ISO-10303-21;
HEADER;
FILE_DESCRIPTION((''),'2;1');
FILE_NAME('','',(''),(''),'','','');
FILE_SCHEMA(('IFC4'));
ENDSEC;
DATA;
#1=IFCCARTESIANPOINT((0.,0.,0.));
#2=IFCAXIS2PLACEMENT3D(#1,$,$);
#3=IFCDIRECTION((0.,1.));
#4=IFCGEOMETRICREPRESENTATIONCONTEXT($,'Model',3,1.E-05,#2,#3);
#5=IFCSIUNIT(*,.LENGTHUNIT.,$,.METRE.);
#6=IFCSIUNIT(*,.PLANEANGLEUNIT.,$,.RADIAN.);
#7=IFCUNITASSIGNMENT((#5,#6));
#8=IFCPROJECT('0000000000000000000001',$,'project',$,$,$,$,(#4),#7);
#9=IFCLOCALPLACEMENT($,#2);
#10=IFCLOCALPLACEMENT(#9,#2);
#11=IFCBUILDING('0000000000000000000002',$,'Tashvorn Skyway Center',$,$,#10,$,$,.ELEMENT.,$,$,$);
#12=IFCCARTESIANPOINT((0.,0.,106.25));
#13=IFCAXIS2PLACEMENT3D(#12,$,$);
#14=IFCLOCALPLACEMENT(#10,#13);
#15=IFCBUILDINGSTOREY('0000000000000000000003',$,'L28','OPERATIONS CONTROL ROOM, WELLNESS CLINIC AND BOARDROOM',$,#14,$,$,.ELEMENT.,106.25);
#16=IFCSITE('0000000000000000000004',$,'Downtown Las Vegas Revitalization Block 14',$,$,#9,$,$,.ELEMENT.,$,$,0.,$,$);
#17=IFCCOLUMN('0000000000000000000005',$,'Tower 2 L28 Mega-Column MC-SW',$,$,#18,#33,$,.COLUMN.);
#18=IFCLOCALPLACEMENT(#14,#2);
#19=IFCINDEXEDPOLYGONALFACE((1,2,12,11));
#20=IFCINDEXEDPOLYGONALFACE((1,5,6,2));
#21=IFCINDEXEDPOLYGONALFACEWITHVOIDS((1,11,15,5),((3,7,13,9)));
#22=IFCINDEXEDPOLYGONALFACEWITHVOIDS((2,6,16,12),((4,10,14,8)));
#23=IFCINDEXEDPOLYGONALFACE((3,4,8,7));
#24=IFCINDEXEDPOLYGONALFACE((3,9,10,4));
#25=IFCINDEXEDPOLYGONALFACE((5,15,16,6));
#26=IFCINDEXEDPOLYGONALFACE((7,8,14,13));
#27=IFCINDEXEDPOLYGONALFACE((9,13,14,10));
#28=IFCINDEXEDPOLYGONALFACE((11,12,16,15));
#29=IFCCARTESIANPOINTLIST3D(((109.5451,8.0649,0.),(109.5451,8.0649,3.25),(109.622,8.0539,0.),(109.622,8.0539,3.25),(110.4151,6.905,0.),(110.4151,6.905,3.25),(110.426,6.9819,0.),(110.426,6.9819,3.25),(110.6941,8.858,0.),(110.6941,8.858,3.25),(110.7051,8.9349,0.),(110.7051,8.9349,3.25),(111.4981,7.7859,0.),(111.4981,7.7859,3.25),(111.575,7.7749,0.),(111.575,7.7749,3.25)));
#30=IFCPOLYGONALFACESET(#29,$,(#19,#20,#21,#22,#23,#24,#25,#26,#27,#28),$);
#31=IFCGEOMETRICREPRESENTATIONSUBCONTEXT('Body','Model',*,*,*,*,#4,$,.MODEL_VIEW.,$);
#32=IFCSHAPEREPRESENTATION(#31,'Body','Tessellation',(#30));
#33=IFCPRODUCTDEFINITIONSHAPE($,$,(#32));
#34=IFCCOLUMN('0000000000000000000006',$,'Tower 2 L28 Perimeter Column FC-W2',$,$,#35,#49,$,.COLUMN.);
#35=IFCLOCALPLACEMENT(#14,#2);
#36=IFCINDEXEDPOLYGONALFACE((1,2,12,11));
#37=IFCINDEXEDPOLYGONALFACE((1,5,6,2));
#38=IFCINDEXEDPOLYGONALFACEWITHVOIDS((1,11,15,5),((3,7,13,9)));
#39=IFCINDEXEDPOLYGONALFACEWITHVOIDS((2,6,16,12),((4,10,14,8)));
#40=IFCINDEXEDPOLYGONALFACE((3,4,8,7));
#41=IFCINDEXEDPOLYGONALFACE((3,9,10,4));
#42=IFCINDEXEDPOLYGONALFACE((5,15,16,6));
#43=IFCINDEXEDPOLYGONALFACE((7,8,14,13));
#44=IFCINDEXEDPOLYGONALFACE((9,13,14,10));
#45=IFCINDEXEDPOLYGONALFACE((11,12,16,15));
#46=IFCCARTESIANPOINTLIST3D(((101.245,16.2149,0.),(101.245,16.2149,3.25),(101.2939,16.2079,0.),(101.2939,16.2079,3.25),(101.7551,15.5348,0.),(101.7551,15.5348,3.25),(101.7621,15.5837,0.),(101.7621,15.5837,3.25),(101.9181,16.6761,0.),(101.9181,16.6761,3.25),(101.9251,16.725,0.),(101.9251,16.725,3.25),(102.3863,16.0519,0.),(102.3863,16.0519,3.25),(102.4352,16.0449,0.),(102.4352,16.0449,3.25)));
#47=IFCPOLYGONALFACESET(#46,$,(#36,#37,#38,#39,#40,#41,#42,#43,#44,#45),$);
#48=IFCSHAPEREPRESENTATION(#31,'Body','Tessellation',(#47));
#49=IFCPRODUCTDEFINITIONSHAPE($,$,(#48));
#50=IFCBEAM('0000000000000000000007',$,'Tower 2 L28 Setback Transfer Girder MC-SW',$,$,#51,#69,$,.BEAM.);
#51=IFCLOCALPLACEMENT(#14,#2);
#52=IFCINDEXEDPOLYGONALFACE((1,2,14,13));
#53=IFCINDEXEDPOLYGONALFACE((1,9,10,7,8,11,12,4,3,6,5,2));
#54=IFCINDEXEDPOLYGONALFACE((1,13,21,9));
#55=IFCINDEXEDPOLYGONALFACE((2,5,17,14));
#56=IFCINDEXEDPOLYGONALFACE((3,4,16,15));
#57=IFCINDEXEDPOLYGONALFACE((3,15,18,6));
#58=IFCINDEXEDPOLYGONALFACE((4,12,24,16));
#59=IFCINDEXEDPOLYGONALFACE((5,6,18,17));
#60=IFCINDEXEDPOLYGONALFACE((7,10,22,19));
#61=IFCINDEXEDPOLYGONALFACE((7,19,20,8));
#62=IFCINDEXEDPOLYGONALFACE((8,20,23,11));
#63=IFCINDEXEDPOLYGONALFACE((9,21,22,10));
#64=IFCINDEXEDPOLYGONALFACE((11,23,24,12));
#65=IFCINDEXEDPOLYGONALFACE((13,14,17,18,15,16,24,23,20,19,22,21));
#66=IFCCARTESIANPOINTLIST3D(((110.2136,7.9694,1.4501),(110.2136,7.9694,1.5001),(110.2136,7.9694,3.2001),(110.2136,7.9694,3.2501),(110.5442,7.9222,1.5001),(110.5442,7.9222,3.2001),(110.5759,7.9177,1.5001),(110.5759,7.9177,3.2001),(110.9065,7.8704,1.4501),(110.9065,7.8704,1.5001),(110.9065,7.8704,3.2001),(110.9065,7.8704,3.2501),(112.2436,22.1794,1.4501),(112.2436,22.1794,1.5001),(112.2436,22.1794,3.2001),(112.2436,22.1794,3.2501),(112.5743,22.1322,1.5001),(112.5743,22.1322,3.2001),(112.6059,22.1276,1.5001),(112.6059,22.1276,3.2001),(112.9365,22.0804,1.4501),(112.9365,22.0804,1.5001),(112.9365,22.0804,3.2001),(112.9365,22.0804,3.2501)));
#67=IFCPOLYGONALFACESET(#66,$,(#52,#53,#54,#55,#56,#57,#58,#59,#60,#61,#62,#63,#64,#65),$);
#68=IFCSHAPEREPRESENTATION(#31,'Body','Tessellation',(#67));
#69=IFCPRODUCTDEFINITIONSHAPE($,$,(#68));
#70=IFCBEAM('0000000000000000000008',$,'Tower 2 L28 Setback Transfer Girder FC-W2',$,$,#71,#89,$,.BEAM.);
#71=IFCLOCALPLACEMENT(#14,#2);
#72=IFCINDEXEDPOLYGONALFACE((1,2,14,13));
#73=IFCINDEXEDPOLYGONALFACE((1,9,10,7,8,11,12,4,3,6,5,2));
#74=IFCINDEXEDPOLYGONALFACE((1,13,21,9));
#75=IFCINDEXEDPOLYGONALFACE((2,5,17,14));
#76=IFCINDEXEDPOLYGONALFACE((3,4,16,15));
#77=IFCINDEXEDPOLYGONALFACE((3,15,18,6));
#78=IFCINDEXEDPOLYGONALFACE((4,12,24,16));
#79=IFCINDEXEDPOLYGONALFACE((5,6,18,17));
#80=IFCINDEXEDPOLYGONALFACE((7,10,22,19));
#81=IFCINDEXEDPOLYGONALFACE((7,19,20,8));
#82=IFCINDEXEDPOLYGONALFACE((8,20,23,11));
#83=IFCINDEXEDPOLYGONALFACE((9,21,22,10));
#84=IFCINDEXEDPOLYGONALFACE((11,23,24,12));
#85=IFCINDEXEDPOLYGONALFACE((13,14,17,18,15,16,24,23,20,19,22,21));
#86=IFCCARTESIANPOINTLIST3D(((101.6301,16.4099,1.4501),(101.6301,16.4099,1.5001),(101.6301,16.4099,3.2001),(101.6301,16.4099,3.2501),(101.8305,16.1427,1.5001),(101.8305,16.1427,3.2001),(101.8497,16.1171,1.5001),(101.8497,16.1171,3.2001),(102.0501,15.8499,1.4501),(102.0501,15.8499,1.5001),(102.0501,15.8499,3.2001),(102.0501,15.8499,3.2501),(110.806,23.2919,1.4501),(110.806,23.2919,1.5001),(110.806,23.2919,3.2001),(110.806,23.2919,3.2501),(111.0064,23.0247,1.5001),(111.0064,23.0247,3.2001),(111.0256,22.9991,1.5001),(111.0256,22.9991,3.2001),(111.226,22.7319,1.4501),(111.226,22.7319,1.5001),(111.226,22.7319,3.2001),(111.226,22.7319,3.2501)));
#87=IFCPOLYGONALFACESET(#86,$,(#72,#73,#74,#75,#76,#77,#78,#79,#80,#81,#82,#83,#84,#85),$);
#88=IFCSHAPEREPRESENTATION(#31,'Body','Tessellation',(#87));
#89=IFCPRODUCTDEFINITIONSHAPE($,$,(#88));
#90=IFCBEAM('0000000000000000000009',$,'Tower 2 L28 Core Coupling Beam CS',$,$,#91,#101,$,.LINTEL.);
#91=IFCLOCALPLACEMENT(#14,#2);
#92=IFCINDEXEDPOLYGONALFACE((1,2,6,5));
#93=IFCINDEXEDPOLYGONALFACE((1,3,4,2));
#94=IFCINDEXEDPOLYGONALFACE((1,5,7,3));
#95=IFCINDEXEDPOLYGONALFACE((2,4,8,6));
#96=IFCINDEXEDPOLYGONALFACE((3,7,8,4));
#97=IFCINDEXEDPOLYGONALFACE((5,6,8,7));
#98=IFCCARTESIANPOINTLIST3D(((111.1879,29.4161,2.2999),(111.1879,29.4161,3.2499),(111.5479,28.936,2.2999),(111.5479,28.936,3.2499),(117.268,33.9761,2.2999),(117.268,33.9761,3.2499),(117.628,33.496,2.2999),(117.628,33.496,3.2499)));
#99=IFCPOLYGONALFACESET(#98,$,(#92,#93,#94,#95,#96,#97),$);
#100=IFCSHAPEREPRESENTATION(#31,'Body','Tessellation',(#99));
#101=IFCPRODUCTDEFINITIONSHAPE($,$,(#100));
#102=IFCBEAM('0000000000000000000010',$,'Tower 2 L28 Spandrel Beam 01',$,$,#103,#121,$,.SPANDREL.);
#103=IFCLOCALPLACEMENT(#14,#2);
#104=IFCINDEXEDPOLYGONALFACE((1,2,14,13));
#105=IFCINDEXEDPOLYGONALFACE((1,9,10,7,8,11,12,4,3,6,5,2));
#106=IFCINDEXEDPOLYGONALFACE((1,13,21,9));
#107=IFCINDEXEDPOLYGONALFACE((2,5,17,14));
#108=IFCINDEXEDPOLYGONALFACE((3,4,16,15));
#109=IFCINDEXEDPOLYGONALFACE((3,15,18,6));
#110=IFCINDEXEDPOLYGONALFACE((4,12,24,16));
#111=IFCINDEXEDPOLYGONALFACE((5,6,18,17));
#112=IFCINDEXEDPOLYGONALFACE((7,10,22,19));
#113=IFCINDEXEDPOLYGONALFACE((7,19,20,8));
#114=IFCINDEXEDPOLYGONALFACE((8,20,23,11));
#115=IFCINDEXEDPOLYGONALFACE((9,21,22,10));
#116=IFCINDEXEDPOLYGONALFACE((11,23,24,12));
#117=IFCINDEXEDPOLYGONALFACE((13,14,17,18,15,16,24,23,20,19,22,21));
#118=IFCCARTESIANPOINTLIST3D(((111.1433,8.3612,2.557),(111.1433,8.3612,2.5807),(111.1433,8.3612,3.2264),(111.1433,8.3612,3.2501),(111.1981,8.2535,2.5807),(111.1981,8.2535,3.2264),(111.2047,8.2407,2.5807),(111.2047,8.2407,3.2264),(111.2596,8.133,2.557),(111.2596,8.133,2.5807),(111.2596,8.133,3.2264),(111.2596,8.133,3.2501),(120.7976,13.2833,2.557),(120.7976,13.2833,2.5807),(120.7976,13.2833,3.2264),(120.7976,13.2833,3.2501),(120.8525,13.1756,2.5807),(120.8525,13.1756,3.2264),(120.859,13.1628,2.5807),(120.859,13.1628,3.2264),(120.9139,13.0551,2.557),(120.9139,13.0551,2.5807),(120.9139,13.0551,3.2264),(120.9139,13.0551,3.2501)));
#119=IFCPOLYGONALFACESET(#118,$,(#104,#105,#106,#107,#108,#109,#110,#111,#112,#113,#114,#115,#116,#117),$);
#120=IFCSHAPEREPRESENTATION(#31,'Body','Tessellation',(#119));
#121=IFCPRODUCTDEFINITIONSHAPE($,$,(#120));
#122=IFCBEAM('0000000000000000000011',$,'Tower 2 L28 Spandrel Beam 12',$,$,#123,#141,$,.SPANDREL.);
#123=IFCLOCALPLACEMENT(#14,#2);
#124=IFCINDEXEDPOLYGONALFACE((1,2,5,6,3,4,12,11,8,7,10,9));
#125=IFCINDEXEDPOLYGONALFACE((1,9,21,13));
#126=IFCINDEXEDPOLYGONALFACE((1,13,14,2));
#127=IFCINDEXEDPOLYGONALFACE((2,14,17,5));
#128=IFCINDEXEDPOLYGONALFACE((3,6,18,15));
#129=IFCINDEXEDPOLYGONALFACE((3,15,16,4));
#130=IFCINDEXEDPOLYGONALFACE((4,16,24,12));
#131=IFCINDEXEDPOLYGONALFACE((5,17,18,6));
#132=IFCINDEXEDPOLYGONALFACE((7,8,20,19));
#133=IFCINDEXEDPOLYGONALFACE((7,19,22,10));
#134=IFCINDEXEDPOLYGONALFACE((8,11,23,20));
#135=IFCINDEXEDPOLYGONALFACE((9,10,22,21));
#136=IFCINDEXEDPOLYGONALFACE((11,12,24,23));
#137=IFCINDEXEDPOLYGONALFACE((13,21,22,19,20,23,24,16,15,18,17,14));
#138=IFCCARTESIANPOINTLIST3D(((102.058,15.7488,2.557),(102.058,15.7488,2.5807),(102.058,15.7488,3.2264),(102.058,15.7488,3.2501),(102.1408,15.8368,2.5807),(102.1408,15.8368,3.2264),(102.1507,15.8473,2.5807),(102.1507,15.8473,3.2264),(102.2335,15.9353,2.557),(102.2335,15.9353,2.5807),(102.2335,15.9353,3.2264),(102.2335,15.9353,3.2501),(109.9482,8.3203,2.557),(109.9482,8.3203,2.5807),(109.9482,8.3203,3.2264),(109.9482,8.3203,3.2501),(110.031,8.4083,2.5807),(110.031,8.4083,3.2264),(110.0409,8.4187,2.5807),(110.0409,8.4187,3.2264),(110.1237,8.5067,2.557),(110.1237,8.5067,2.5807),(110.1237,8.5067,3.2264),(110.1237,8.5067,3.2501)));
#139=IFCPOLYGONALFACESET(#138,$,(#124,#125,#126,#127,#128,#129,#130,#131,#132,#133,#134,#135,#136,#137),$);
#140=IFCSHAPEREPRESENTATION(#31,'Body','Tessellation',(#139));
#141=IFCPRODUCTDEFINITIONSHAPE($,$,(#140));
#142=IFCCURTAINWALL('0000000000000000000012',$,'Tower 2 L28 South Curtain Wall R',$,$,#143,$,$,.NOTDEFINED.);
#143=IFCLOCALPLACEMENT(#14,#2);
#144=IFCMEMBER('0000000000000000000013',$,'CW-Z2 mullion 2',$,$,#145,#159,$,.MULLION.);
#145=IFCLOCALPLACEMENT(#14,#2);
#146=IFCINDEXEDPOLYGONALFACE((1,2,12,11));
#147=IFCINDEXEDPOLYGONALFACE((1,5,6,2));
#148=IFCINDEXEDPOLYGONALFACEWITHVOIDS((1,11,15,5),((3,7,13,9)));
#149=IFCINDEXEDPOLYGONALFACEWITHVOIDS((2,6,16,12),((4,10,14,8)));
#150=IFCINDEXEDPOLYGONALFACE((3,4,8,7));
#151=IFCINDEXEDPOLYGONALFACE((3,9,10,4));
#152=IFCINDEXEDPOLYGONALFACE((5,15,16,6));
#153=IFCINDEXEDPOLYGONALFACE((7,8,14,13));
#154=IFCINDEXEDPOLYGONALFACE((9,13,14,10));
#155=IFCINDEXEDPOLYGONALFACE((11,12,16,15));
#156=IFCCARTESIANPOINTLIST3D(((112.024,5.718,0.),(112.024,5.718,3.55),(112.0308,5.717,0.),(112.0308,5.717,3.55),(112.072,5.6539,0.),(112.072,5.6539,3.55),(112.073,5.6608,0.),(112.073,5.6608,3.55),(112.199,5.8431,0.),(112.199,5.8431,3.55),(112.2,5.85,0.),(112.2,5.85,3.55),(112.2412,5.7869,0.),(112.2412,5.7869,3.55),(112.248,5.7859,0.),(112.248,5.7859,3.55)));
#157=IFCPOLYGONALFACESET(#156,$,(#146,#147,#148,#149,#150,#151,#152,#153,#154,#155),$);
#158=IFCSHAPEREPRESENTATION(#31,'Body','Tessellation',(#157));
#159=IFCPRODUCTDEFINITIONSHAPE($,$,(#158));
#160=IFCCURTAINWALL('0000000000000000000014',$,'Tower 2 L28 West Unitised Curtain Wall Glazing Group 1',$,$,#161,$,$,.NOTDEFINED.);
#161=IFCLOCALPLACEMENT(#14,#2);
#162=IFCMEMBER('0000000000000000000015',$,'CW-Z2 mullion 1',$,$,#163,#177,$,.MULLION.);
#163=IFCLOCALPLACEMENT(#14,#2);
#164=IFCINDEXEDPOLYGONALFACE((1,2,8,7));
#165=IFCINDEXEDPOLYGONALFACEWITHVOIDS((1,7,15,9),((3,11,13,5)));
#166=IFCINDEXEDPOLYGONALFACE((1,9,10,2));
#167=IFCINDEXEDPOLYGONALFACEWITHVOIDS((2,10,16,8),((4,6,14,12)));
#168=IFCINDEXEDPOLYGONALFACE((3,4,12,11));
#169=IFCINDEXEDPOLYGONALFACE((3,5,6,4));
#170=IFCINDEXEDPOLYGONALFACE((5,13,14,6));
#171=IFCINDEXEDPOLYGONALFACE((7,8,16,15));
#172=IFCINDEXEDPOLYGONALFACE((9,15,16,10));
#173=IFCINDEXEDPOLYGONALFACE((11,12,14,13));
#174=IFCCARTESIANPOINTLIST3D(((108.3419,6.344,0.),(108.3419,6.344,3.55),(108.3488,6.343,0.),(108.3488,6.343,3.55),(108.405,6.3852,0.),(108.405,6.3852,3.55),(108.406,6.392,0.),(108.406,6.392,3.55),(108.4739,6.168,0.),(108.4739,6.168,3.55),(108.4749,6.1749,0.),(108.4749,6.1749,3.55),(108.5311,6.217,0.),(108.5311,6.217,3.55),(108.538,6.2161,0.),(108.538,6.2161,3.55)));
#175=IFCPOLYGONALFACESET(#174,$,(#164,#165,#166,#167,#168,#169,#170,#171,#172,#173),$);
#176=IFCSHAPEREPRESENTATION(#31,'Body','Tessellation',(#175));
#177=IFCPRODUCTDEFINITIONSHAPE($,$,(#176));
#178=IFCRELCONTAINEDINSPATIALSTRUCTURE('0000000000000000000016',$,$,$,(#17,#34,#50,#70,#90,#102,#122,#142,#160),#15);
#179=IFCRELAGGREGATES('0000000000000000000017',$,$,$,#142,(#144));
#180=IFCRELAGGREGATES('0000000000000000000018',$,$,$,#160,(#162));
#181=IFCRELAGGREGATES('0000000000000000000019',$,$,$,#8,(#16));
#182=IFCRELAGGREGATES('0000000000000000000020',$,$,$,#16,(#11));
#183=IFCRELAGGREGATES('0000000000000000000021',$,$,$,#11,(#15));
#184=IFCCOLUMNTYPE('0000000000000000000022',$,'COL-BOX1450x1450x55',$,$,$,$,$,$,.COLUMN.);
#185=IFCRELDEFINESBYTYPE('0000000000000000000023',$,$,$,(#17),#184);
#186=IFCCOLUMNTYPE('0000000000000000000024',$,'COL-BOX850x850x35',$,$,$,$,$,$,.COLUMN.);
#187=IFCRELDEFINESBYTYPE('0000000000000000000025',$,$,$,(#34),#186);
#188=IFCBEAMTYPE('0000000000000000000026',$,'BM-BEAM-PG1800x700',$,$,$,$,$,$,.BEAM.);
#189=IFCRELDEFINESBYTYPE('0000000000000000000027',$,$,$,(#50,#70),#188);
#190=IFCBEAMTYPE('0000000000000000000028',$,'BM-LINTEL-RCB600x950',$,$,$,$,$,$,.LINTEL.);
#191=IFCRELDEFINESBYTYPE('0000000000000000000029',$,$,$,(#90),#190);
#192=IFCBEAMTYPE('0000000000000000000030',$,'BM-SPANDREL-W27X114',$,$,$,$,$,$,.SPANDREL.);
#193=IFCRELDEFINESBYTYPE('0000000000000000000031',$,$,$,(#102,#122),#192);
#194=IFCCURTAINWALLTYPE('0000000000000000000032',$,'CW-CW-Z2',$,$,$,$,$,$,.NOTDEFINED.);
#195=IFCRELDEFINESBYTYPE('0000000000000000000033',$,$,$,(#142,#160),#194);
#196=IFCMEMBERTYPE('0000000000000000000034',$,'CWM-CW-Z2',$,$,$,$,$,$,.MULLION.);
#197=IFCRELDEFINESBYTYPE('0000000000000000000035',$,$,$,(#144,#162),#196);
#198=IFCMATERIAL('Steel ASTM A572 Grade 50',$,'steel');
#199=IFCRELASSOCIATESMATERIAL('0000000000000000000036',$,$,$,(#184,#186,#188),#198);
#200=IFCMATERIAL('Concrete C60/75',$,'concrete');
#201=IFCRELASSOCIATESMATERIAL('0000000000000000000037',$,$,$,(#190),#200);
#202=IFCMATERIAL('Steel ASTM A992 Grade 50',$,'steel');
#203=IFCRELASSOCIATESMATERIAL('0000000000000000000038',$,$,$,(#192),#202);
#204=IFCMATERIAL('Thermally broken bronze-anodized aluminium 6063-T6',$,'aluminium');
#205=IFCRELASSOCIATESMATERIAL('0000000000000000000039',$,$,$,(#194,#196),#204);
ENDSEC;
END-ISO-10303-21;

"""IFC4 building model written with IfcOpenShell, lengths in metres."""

from ifc_helpers import new_model, si_unit, direction, frame, origin, origin_2d, place, context, subcontext, project, spatial, rectangle, hollow_rectangle, i_section, extrude, material, material_profile, profile_set, type_object, element, aggregate, save


model = new_model("IFC4")

# Units and contexts
model_context = context("Model", 3, precision=1e-05, world=origin(), true_north=direction((0.0, 1.0)))
body_context = subcontext(model_context, "Body", "Model", "MODEL_VIEW")
ifc_project = project(units=[si_unit("LENGTHUNIT", "METRE"), si_unit("PLANEANGLEUNIT", "RADIAN")], contexts=[model_context])

# Site, building, storey
site_placement = place(None, origin())
site = spatial("IfcSite", under=ifc_project, at=site_placement, Name="Downtown Las Vegas Revitalization Block 14", CompositionType="ELEMENT", RefElevation=0.0)
building_placement = place(site_placement, origin())
building = spatial("IfcBuilding", under=site, at=building_placement, Name="Tashvorn Skyway Center", CompositionType="ELEMENT")
storey_placement = place(building_placement, frame((0.0, 0.0, 106.25)))
storey = spatial("IfcBuildingStorey", under=building, at=storey_placement, Name="L28", Description="OPERATIONS CONTROL ROOM, WELLNESS CLINIC AND BOARDROOM", CompositionType="ELEMENT", Elevation=106.25)

# Columns
ifc_material_1 = material(Name="Steel ASTM A572 Grade 50", Category="steel")
ifc_material_profile_1 = material_profile(ifc_material_1, hollow_rectangle(XDim=1.45, YDim=1.45, WallThickness=0.0549, at=origin_2d()), Name="BOX1450x1450x55")
ifc_profile_set_1 = profile_set([ifc_material_profile_1], Name="Steel ASTM A572 Grade 50")
column_type_1 = type_object("IfcColumnType", Name="COL-BOX1450x1450x55", PredefinedType="COLUMN", material=ifc_profile_set_1)
column_1_placement = place(storey_placement, frame((110.5601, 7.9199, 0.0), z_axis=(0.0, 0.0, 1.0), x_axis=(0.8, 0.6, 0.0)))
element("IfcColumn", 1, at=column_1_placement, inside=storey, type_object=column_type_1, Name="Tower 2 L28 Mega-Column MC-SW", PredefinedType="COLUMN", context=body_context, shape_type="SweptSolid", body=[
    extrude(hollow_rectangle(XDim=1.45, YDim=1.45, WallThickness=0.0549, at=origin_2d()), origin(), (0.0, 0.0, 1.0), 3.25),
])
ifc_material_profile_2 = material_profile(ifc_material_1, hollow_rectangle(XDim=0.8501, YDim=0.8501, WallThickness=0.0349, at=origin_2d()), Name="BOX850x850x35")
ifc_profile_set_2 = profile_set([ifc_material_profile_2], Name="Steel ASTM A572 Grade 50")
column_type_2 = type_object("IfcColumnType", Name="COL-BOX850x850x35", PredefinedType="COLUMN", material=ifc_profile_set_2)
column_2_placement = place(storey_placement, frame((101.8401, 16.1299, 0.0), z_axis=(0.0, 0.0, 1.0), x_axis=(0.8, 0.6, 0.0)))
element("IfcColumn", 2, at=column_2_placement, inside=storey, type_object=column_type_2, Name="Tower 2 L28 Perimeter Column FC-W2", PredefinedType="COLUMN", context=body_context, shape_type="SweptSolid", body=[
    extrude(hollow_rectangle(XDim=0.8501, YDim=0.8501, WallThickness=0.0349, at=origin_2d()), origin(), (0.0, 0.0, 1.0), 3.25),
])

# Beams
ifc_material_profile_3 = material_profile(ifc_material_1, i_section(OverallWidth=0.7, OverallDepth=1.8, WebThickness=0.032, FlangeThickness=0.05, at=origin_2d()), Name="PG1800x700")
ifc_profile_set_3 = profile_set([ifc_material_profile_3], Name="Steel ASTM A572 Grade 50")
beam_type_1 = type_object("IfcBeamType", Name="BM-BEAM-PG1800x700", PredefinedType="BEAM", material=ifc_profile_set_3)
beam_1_placement = place(storey_placement, frame((110.5601, 7.9199, 2.3501), z_axis=(0.141424, 0.989949, 0.0), x_axis=(-0.989949, 0.141424, 0.0)))
element("IfcBeam", 3, at=beam_1_placement, inside=storey, type_object=beam_type_1, Name="Tower 2 L28 Setback Transfer Girder MC-SW", PredefinedType="BEAM", context=body_context, shape_type="SweptSolid", body=[
    extrude(i_section(OverallWidth=0.7, OverallDepth=1.8, WebThickness=0.032, FlangeThickness=0.05, at=origin_2d()), origin(), (0.0, 0.0, 1.0), 14.3542),
])
beam_2_placement = place(storey_placement, frame((101.8401, 16.1299, 2.3501), z_axis=(0.799997, 0.600003, 0.0), x_axis=(-0.600003, 0.799997, 0.0)))
element("IfcBeam", 4, at=beam_2_placement, inside=storey, type_object=beam_type_1, Name="Tower 2 L28 Setback Transfer Girder FC-W2", PredefinedType="BEAM", context=body_context, shape_type="SweptSolid", body=[
    extrude(i_section(OverallWidth=0.7, OverallDepth=1.8, WebThickness=0.032, FlangeThickness=0.05, at=origin_2d()), origin(), (0.0, 0.0, 1.0), 11.47),
])
ifc_material_2 = material(Name="Concrete C60/75", Category="concrete")
ifc_material_profile_4 = material_profile(ifc_material_2, rectangle(XDim=0.6001, YDim=0.95, at=origin_2d()), Name="RCB600x950")
ifc_profile_set_4 = profile_set([ifc_material_profile_4], Name="Concrete C60/75")
beam_type_2 = type_object("IfcBeamType", Name="BM-LINTEL-RCB600x950", PredefinedType="LINTEL", material=ifc_profile_set_4)
beam_3_placement = place(storey_placement, frame((111.3679, 29.176, 2.7749), z_axis=(0.8, 0.6, 0.0), x_axis=(-0.6, 0.8, 0.0)))
element("IfcBeam", 5, at=beam_3_placement, inside=storey, type_object=beam_type_2, Name="Tower 2 L28 Core Coupling Beam CS", PredefinedType="LINTEL", context=body_context, shape_type="SweptSolid", body=[
    extrude(rectangle(XDim=0.6001, YDim=0.95, at=origin_2d()), origin(), (0.0, 0.0, 1.0), 7.6001),
])
ifc_material_3 = material(Name="Steel ASTM A992 Grade 50", Category="steel")
ifc_material_profile_5 = material_profile(ifc_material_3, i_section(OverallWidth=0.2561, OverallDepth=0.6931, WebThickness=0.0144, FlangeThickness=0.0237, at=origin_2d()), Name="W27X114")
ifc_profile_set_5 = profile_set([ifc_material_profile_5], Name="Steel ASTM A992 Grade 50")
beam_type_3 = type_object("IfcBeamType", Name="BM-SPANDREL-W27X114", PredefinedType="SPANDREL", material=ifc_profile_set_5)
beam_4_placement = place(storey_placement, frame((111.2014, 8.2471, 2.9036), z_axis=(0.890894, 0.454211, 0.0), x_axis=(-0.454211, 0.890894, 0.0)))
element("IfcBeam", 6, at=beam_4_placement, inside=storey, type_object=beam_type_3, Name="Tower 2 L28 Spandrel Beam 01", PredefinedType="SPANDREL", context=body_context, shape_type="SweptSolid", body=[
    extrude(i_section(OverallWidth=0.2561, OverallDepth=0.6931, WebThickness=0.0144, FlangeThickness=0.0237, at=origin_2d()), origin(), (0.0, 0.0, 1.0), 10.8367),
])
beam_5_placement = place(storey_placement, frame((102.1458, 15.842, 2.9036), z_axis=(0.728087, -0.685485, 0.0), x_axis=(0.685485, 0.728087, 0.0)))
element("IfcBeam", 7, at=beam_5_placement, inside=storey, type_object=beam_type_3, Name="Tower 2 L28 Spandrel Beam 12", PredefinedType="SPANDREL", context=body_context, shape_type="SweptSolid", body=[
    extrude(i_section(OverallWidth=0.2561, OverallDepth=0.6931, WebThickness=0.0144, FlangeThickness=0.0237, at=origin_2d()), origin(), (0.0, 0.0, 1.0), 10.8369),
])

# Curtain wall, member
ifc_material_4 = material(Name="Thermally broken bronze-anodized aluminium 6063-T6", Category="aluminium")
curtain_wall_type = type_object("IfcCurtainWallType", Name="CW-CW-Z2", PredefinedType="NOTDEFINED", material=ifc_material_4)
curtain_wall_1_placement = place(storey_placement, origin())
curtain_wall_1 = element("IfcCurtainWall", 8, at=curtain_wall_1_placement, inside=storey, type_object=curtain_wall_type, Name="Tower 2 L28 South Curtain Wall R", PredefinedType="NOTDEFINED")
ifc_material_profile_6 = material_profile(ifc_material_4, hollow_rectangle(XDim=0.0801, YDim=0.22, WallThickness=0.0049, at=origin_2d()), Name="ALU-MULL-80x220")
ifc_profile_set_6 = profile_set([ifc_material_profile_6], Name="Thermally broken bronze-anodized aluminium 6063-T6")
member_type_1 = type_object("IfcMemberType", Name="CWM-CW-Z2", PredefinedType="MULLION", material=ifc_profile_set_6)
member_1_placement = place(storey_placement, frame((112.136, 5.752, 0.0), z_axis=(0.0, 0.0, 1.0), x_axis=(0.6, -0.8, 0.0)))
member_1 = element("IfcMember", 9, at=member_1_placement, type_object=member_type_1, Name="CW-Z2 mullion 2", PredefinedType="MULLION", context=body_context, shape_type="SweptSolid", body=[
    extrude(hollow_rectangle(XDim=0.0801, YDim=0.22, WallThickness=0.0049, at=origin_2d()), origin(), (0.0, 0.0, 1.0), 3.55),
])
aggregate(curtain_wall_1, [member_1])

# Curtain wall, member
curtain_wall_2_placement = place(storey_placement, origin())
curtain_wall_2 = element("IfcCurtainWall", 10, at=curtain_wall_2_placement, inside=storey, type_object=curtain_wall_type, Name="Tower 2 L28 West Unitised Curtain Wall Glazing Group 1", PredefinedType="NOTDEFINED")
member_2_placement = place(storey_placement, frame((108.4399, 6.28, 0.0), z_axis=(0.0, 0.0, 1.0), x_axis=(-0.8, -0.6, 0.0)))
member_2 = element("IfcMember", 11, at=member_2_placement, type_object=member_type_1, Name="CW-Z2 mullion 1", PredefinedType="MULLION", context=body_context, shape_type="SweptSolid", body=[
    extrude(hollow_rectangle(XDim=0.0801, YDim=0.22, WallThickness=0.0049, at=origin_2d()), origin(), (0.0, 0.0, 1.0), 3.55),
])

aggregate(curtain_wall_2, [member_2])

save(model, "model.ifc")
